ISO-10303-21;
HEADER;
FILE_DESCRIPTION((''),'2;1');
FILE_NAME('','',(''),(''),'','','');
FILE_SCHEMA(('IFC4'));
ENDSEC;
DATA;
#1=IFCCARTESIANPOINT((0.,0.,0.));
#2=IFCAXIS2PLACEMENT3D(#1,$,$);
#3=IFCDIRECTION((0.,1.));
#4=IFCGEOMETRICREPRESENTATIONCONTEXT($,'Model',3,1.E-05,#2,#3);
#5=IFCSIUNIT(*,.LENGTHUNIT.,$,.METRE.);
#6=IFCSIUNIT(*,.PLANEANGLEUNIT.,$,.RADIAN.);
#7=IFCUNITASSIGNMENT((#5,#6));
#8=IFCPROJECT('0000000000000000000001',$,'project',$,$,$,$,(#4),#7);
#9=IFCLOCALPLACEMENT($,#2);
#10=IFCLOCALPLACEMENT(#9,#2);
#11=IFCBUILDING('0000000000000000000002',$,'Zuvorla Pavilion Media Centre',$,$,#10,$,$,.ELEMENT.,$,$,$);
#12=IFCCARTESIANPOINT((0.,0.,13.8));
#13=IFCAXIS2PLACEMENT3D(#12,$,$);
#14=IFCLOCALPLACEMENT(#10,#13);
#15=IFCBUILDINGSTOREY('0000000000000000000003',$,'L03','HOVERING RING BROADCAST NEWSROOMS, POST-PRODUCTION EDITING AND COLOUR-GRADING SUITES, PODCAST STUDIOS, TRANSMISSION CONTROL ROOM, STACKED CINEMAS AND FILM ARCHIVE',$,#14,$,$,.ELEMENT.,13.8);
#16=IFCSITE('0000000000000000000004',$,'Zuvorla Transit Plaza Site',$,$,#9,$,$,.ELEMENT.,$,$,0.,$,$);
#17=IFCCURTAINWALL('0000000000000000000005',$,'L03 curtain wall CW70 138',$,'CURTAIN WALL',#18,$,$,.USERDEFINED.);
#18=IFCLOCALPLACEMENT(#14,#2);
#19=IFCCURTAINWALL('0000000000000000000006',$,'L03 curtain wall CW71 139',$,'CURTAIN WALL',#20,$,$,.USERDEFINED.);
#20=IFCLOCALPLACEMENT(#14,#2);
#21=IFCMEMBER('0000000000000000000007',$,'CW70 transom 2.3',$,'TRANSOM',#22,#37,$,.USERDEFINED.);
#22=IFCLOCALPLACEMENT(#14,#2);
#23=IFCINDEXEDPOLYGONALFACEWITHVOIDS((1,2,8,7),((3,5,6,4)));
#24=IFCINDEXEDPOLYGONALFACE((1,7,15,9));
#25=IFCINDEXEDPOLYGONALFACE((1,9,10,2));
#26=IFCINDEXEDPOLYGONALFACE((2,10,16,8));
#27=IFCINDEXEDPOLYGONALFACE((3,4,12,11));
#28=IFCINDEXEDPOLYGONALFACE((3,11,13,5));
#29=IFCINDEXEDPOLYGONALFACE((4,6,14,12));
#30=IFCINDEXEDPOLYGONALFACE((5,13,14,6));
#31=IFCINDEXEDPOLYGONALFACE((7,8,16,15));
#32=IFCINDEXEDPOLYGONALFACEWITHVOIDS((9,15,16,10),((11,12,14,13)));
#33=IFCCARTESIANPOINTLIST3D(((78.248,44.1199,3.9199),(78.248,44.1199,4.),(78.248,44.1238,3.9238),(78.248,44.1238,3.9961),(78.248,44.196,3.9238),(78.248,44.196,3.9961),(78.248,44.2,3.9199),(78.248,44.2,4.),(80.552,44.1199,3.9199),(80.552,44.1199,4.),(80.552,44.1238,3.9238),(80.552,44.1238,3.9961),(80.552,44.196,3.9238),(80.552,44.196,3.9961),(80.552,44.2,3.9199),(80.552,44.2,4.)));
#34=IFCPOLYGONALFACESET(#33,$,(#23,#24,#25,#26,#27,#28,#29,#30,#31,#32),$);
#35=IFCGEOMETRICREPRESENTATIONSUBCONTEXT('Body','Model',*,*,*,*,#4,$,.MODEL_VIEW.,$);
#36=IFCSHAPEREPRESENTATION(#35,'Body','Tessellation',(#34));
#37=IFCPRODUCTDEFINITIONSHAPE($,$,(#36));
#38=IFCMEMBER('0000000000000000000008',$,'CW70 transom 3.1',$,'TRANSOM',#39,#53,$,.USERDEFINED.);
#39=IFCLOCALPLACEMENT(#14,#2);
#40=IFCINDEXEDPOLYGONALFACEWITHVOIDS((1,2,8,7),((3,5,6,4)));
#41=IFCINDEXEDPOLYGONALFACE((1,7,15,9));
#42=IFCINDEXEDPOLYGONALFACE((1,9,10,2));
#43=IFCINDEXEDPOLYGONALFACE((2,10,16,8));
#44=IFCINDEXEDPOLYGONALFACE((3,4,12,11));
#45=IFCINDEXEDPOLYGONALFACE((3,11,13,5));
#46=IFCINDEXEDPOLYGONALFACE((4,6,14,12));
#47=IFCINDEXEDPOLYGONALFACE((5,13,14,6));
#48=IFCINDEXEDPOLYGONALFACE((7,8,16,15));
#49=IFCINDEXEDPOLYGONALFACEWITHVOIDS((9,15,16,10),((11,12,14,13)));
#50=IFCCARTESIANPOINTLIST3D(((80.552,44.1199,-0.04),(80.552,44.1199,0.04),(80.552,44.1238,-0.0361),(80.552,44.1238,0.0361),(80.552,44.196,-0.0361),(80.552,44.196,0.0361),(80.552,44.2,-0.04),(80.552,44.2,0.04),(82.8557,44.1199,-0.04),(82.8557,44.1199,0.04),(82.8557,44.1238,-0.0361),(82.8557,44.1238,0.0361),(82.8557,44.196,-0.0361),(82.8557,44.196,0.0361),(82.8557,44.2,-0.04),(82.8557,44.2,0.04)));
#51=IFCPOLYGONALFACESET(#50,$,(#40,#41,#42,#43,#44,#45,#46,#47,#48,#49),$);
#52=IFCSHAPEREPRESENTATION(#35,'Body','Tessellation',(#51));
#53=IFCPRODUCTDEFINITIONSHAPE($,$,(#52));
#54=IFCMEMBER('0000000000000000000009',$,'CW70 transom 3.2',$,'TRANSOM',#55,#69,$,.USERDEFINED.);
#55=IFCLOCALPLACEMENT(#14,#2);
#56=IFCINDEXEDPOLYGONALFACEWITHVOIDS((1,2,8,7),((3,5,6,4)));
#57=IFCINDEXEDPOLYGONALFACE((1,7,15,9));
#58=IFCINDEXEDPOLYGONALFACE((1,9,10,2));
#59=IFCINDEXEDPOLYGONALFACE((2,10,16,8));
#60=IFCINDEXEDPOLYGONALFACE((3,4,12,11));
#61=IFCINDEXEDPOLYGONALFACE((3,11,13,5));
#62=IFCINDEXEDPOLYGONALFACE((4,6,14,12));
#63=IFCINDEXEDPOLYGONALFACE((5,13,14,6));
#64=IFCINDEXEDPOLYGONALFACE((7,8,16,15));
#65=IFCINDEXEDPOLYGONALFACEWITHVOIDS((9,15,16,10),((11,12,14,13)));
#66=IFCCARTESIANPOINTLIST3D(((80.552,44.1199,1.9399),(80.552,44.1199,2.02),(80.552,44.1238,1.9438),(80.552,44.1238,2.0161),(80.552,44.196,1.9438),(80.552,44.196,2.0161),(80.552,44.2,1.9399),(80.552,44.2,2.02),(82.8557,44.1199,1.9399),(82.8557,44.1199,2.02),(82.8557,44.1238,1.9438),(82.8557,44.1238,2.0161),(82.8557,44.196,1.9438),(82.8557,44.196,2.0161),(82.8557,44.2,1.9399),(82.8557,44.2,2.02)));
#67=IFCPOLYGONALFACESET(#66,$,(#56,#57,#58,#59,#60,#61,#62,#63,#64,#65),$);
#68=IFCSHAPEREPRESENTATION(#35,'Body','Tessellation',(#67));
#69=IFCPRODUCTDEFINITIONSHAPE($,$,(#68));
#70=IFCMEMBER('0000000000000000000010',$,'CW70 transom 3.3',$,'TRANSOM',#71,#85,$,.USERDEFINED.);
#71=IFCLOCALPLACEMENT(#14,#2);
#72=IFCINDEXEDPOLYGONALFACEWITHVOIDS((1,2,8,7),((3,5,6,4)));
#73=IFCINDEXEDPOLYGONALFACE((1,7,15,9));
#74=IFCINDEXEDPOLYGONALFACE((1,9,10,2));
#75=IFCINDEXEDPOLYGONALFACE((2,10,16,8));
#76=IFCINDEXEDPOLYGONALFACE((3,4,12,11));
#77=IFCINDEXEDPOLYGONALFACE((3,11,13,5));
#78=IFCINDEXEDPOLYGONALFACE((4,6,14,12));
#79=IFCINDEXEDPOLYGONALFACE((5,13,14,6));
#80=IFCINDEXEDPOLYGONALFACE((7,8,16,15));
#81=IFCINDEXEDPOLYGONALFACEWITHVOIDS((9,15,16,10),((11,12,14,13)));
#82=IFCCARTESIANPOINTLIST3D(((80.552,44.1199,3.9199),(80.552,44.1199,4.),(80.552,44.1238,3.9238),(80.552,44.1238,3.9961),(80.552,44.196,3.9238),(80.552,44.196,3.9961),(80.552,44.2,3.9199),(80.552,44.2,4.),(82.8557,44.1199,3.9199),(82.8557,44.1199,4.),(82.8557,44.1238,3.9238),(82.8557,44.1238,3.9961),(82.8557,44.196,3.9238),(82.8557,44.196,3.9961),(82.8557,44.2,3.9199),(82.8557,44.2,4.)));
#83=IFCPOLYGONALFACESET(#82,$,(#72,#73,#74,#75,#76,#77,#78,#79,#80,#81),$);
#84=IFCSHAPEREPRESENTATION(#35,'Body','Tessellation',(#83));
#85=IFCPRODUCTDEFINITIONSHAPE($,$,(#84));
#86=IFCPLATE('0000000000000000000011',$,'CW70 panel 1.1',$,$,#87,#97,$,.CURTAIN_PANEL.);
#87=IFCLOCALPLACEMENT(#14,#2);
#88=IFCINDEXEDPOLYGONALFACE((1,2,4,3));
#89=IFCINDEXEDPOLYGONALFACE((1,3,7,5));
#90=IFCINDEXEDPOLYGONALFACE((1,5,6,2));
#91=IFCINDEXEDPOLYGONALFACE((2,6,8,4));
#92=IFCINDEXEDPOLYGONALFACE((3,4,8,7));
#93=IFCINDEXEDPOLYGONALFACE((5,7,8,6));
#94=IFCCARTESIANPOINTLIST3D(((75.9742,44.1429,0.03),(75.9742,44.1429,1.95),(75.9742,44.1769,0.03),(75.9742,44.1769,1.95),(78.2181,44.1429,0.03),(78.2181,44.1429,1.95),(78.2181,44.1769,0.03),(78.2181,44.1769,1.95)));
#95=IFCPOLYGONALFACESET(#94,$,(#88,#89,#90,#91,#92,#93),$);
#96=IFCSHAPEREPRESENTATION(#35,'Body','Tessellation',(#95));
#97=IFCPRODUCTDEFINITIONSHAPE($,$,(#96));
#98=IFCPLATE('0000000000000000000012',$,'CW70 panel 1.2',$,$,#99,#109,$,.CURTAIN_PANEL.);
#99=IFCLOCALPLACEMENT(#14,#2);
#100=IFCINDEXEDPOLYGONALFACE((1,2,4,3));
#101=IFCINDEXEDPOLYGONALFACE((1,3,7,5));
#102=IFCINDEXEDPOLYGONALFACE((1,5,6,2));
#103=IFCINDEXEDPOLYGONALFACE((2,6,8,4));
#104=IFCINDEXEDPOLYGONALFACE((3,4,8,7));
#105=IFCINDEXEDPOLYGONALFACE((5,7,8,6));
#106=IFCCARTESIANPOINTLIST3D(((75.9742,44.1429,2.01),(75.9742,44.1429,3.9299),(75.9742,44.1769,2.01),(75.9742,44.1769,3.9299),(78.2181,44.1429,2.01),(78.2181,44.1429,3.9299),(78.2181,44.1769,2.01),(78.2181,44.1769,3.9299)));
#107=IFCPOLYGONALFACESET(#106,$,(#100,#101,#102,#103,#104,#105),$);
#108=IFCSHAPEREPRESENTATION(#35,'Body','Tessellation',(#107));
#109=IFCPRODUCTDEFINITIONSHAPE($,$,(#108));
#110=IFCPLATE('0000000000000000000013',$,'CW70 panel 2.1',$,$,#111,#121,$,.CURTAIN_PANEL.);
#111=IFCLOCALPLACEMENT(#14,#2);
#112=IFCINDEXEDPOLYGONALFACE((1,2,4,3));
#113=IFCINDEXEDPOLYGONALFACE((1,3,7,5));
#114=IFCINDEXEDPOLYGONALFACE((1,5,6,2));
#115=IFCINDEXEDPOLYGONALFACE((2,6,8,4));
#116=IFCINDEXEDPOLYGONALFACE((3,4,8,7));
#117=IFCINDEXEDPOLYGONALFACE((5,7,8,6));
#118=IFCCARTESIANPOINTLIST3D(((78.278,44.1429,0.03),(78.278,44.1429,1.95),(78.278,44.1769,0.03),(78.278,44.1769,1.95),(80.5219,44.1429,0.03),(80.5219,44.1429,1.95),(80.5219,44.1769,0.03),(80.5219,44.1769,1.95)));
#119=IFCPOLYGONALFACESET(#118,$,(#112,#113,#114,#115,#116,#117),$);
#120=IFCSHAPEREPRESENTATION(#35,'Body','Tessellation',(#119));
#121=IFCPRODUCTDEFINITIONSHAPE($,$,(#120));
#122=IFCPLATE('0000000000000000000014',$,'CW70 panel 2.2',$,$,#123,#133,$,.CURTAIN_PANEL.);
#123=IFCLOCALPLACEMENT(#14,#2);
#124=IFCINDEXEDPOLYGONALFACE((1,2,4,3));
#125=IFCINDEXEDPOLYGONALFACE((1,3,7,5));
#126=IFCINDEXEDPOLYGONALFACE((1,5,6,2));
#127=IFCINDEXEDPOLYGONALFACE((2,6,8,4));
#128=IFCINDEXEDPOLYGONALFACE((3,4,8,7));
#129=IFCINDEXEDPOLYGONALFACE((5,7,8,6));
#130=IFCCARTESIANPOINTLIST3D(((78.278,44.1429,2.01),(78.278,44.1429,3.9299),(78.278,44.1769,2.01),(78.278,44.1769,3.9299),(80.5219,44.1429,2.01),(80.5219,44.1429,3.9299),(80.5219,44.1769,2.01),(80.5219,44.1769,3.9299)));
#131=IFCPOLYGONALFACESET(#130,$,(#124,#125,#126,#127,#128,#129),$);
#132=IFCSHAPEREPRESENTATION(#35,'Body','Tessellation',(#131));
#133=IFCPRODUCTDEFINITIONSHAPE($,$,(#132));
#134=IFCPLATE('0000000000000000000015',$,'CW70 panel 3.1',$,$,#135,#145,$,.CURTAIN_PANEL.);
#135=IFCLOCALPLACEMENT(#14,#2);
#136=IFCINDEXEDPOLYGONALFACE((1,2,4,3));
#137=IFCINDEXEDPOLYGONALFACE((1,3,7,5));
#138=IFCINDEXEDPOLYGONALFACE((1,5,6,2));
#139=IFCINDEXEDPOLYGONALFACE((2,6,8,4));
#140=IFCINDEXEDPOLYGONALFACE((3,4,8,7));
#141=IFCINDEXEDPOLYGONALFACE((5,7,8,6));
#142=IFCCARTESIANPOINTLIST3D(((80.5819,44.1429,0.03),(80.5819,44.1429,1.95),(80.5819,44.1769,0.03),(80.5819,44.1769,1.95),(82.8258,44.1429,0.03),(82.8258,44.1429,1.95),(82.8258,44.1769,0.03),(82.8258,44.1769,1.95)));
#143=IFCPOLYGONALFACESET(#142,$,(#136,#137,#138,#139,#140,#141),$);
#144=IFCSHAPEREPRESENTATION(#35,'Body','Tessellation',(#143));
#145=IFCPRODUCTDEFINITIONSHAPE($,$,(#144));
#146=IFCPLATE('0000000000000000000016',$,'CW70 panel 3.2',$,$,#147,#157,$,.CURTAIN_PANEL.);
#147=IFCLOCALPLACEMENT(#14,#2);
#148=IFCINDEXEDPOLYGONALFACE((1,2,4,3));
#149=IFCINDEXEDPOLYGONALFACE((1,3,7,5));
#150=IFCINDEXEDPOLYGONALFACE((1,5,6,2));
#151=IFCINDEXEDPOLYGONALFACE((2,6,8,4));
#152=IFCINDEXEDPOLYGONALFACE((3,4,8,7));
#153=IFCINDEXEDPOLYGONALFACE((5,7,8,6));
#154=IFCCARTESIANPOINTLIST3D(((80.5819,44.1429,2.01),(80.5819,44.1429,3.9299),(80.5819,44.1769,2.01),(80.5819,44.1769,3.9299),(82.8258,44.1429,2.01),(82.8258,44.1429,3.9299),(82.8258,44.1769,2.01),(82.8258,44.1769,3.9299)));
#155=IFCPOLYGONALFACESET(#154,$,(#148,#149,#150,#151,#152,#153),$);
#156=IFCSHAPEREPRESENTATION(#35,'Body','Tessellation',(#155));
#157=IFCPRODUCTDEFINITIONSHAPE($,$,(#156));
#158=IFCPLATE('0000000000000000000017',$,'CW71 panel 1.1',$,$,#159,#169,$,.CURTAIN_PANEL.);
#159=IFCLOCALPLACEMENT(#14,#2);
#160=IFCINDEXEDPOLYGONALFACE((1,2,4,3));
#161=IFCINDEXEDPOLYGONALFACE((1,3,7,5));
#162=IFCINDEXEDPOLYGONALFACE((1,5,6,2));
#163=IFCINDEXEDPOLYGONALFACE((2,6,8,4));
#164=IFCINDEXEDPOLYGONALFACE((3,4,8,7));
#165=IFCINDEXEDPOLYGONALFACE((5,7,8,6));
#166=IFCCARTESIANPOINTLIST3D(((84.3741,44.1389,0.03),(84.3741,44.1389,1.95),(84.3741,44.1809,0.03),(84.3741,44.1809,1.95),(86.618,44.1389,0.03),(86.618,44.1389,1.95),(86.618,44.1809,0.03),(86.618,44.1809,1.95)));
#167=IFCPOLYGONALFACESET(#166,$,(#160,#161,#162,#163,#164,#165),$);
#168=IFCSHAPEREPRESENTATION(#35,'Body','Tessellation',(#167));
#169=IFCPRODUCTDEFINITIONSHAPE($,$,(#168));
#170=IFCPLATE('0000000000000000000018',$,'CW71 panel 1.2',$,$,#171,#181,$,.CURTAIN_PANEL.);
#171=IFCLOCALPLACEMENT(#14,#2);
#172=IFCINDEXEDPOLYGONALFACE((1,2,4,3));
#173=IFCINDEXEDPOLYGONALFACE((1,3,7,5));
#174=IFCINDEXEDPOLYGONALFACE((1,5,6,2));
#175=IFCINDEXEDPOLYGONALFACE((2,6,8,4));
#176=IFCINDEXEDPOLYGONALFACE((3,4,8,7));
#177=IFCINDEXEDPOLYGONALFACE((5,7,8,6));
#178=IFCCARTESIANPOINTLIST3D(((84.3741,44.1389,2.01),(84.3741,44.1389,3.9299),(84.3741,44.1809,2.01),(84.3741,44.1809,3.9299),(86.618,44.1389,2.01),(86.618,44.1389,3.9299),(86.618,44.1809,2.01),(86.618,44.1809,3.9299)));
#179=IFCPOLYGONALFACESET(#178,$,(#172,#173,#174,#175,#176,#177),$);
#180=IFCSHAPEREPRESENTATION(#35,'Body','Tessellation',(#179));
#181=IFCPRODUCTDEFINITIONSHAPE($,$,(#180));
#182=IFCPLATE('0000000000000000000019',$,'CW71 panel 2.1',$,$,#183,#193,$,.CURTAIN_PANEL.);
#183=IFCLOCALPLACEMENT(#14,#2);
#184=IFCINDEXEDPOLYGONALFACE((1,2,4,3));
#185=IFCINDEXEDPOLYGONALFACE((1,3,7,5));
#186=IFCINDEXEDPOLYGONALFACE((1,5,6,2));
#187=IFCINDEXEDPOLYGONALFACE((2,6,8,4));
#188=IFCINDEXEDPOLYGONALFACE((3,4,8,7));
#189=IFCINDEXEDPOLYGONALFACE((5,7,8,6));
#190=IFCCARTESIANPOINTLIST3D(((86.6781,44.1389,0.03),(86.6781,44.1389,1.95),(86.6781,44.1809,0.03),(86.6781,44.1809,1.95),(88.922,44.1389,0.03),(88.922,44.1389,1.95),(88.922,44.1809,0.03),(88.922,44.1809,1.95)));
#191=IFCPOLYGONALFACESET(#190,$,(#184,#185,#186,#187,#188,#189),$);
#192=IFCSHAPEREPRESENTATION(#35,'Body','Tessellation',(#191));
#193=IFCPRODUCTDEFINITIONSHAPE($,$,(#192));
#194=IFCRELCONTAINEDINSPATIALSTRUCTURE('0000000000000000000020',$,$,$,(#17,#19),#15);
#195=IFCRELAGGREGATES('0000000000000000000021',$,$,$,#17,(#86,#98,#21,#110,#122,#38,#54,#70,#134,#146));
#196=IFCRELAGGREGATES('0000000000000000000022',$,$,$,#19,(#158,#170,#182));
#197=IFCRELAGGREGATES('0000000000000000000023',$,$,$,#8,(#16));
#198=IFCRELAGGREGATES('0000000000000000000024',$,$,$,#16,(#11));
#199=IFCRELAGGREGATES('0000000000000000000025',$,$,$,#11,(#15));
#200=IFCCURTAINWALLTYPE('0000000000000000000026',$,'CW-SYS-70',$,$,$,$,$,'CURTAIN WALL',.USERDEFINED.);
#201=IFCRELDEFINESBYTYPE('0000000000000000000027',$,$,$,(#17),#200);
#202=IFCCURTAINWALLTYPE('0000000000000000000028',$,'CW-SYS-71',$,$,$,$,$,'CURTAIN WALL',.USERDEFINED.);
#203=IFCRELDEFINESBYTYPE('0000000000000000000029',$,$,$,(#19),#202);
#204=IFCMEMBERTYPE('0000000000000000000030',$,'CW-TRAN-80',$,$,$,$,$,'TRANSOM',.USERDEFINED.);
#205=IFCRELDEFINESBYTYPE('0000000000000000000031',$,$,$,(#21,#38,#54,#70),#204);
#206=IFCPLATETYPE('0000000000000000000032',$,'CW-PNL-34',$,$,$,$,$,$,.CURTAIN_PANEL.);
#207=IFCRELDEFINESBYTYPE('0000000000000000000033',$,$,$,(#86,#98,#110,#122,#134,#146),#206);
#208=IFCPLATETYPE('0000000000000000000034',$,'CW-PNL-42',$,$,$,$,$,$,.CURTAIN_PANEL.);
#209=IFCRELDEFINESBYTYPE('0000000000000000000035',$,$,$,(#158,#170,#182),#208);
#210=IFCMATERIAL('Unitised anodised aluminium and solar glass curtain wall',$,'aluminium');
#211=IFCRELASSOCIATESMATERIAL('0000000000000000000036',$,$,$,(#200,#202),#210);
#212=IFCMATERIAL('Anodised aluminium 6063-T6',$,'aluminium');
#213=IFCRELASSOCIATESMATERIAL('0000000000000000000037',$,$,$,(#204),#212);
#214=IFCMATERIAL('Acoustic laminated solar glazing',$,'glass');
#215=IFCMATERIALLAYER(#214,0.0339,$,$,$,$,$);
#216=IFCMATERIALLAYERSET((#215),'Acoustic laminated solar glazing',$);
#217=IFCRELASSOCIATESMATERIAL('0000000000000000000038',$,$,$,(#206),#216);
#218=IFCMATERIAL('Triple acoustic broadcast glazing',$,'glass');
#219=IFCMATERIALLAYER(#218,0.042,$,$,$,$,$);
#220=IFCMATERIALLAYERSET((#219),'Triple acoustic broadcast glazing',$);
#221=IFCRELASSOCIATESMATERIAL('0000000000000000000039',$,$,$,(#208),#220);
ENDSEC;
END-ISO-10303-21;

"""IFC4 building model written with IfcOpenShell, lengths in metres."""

from ifc_helpers import new_model, si_unit, direction, frame, origin, origin_2d, place, context, subcontext, project, spatial, rectangle, hollow_rectangle, extrude, material, layer, layer_set, material_profile, profile_set, type_object, element, aggregate, save


model = new_model("IFC4")

# Units and contexts
model_context = context("Model", 3, precision=1e-05, world=origin(), true_north=direction((0.0, 1.0)))
body_context = subcontext(model_context, "Body", "Model", "MODEL_VIEW")
ifc_project = project(units=[si_unit("LENGTHUNIT", "METRE"), si_unit("PLANEANGLEUNIT", "RADIAN")], contexts=[model_context])

# Site, building, storey
site_placement = place(None, origin())
site = spatial("IfcSite", under=ifc_project, at=site_placement, Name="Zuvorla Transit Plaza Site", CompositionType="ELEMENT", RefElevation=0.0)
building_placement = place(site_placement, origin())
building = spatial("IfcBuilding", under=site, at=building_placement, Name="Zuvorla Pavilion Media Centre", CompositionType="ELEMENT")
storey_placement = place(building_placement, frame((0.0, 0.0, 13.8)))
storey = spatial("IfcBuildingStorey", under=building, at=storey_placement, Name="L03", Description="HOVERING RING BROADCAST NEWSROOMS, POST-PRODUCTION EDITING AND COLOUR-GRADING SUITES, PODCAST STUDIOS, TRANSMISSION CONTROL ROOM, STACKED CINEMAS AND FILM ARCHIVE", CompositionType="ELEMENT", Elevation=13.8)

# Curtain walls
ifc_material_1 = material(Name="Unitised anodised aluminium and solar glass curtain wall", Category="aluminium")
curtain_wall_type_1 = type_object("IfcCurtainWallType", Name="CW-SYS-70", ElementType="CURTAIN WALL", PredefinedType="USERDEFINED", material=ifc_material_1)
curtain_wall_1_placement = place(storey_placement, origin())
curtain_wall_1 = element("IfcCurtainWall", 1, at=curtain_wall_1_placement, inside=storey, type_object=curtain_wall_type_1, Name="L03 curtain wall CW70 138", ObjectType="CURTAIN WALL", PredefinedType="USERDEFINED")
ifc_material_2 = material(Name="Anodised aluminium 6063-T6", Category="aluminium")
curtain_wall_type_2 = type_object("IfcCurtainWallType", Name="CW-SYS-71", ElementType="CURTAIN WALL", PredefinedType="USERDEFINED", material=ifc_material_1)
curtain_wall_2_placement = place(storey_placement, origin())
curtain_wall_2 = element("IfcCurtainWall", 2, at=curtain_wall_2_placement, inside=storey, type_object=curtain_wall_type_2, Name="L03 curtain wall CW71 139", ObjectType="CURTAIN WALL", PredefinedType="USERDEFINED")

# Members
ifc_material_profile_1 = material_profile(ifc_material_2, hollow_rectangle(XDim=0.0801, YDim=0.0801, WallThickness=0.0039, at=origin_2d()), Name="ALU TRAN 80x80")
ifc_profile_set_1 = profile_set([ifc_material_profile_1], Name="Anodised aluminium 6063-T6")
member_type_1 = type_object("IfcMemberType", Name="CW-TRAN-80", ElementType="TRANSOM", PredefinedType="USERDEFINED", material=ifc_profile_set_1)
member_1_placement = place(storey_placement, frame((78.248, 44.1599, 3.96), z_axis=(1.0, 0.0, 0.0), x_axis=(0.0, 1.0, 0.0)))
member_1 = element("IfcMember", 3, at=member_1_placement, type_object=member_type_1, Name="CW70 transom 2.3", ObjectType="TRANSOM", PredefinedType="USERDEFINED", context=body_context, shape_type="SweptSolid", body=[
    extrude(hollow_rectangle(XDim=0.0801, YDim=0.0801, WallThickness=0.0039, at=origin_2d()), origin(), (0.0, 0.0, 1.0), 2.304),
])
member_2_placement = place(storey_placement, frame((80.552, 44.1599, 0.0), z_axis=(1.0, 0.0, 0.0), x_axis=(0.0, 1.0, 0.0)))
member_2 = element("IfcMember", 4, at=member_2_placement, type_object=member_type_1, Name="CW70 transom 3.1", ObjectType="TRANSOM", PredefinedType="USERDEFINED", context=body_context, shape_type="SweptSolid", body=[
    extrude(hollow_rectangle(XDim=0.0801, YDim=0.0801, WallThickness=0.0039, at=origin_2d()), origin(), (0.0, 0.0, 1.0), 2.3037),
])
member_3_placement = place(storey_placement, frame((80.552, 44.1599, 1.98), z_axis=(1.0, 0.0, 0.0), x_axis=(0.0, 1.0, 0.0)))
member_3 = element("IfcMember", 5, at=member_3_placement, type_object=member_type_1, Name="CW70 transom 3.2", ObjectType="TRANSOM", PredefinedType="USERDEFINED", context=body_context, shape_type="SweptSolid", body=[
    extrude(hollow_rectangle(XDim=0.0801, YDim=0.0801, WallThickness=0.0039, at=origin_2d()), origin(), (0.0, 0.0, 1.0), 2.3037),
])
member_4_placement = place(storey_placement, frame((80.552, 44.1599, 3.96), z_axis=(1.0, 0.0, 0.0), x_axis=(0.0, 1.0, 0.0)))
member_4 = element("IfcMember", 6, at=member_4_placement, type_object=member_type_1, Name="CW70 transom 3.3", ObjectType="TRANSOM", PredefinedType="USERDEFINED", context=body_context, shape_type="SweptSolid", body=[
    extrude(hollow_rectangle(XDim=0.0801, YDim=0.0801, WallThickness=0.0039, at=origin_2d()), origin(), (0.0, 0.0, 1.0), 2.3037),
])

# Plates
ifc_material_3 = material(Name="Acoustic laminated solar glazing", Category="glass")
ifc_layer_1 = layer(ifc_material_3, 0.0339)
ifc_layer_set_1 = layer_set([ifc_layer_1], Name="Acoustic laminated solar glazing")
plate_type_1 = type_object("IfcPlateType", Name="CW-PNL-34", PredefinedType="CURTAIN_PANEL", material=ifc_layer_set_1)
plate_1_placement = place(storey_placement, frame((77.0962, 44.1599, 0.03), z_axis=(0.0, 0.0, 1.0), x_axis=(1.0, 0.0, 0.0)))
plate_1 = element("IfcPlate", 7, at=plate_1_placement, type_object=plate_type_1, Name="CW70 panel 1.1", PredefinedType="CURTAIN_PANEL", context=body_context, shape_type="SweptSolid", body=[
    extrude(rectangle(XDim=2.2439, YDim=0.0339, at=origin_2d()), origin(), (0.0, 0.0, 1.0), 1.9199),
])
plate_2_placement = place(storey_placement, frame((77.0962, 44.1599, 2.01), z_axis=(0.0, 0.0, 1.0), x_axis=(1.0, 0.0, 0.0)))
plate_2 = element("IfcPlate", 8, at=plate_2_placement, type_object=plate_type_1, Name="CW70 panel 1.2", PredefinedType="CURTAIN_PANEL", context=body_context, shape_type="SweptSolid", body=[
    extrude(rectangle(XDim=2.2439, YDim=0.0339, at=origin_2d()), origin(), (0.0, 0.0, 1.0), 1.9199),
])
plate_3_placement = place(storey_placement, frame((79.3999, 44.1599, 0.03), z_axis=(0.0, 0.0, 1.0), x_axis=(1.0, 0.0, 0.0)))
plate_3 = element("IfcPlate", 9, at=plate_3_placement, type_object=plate_type_1, Name="CW70 panel 2.1", PredefinedType="CURTAIN_PANEL", context=body_context, shape_type="SweptSolid", body=[
    extrude(rectangle(XDim=2.2439, YDim=0.0339, at=origin_2d()), origin(), (0.0, 0.0, 1.0), 1.9199),
])
plate_4_placement = place(storey_placement, frame((79.3999, 44.1599, 2.01), z_axis=(0.0, 0.0, 1.0), x_axis=(1.0, 0.0, 0.0)))
plate_4 = element("IfcPlate", 10, at=plate_4_placement, type_object=plate_type_1, Name="CW70 panel 2.2", PredefinedType="CURTAIN_PANEL", context=body_context, shape_type="SweptSolid", body=[
    extrude(rectangle(XDim=2.2439, YDim=0.0339, at=origin_2d()), origin(), (0.0, 0.0, 1.0), 1.9199),
])
plate_5_placement = place(storey_placement, frame((81.7039, 44.1599, 0.03), z_axis=(0.0, 0.0, 1.0), x_axis=(1.0, 0.0, 0.0)))
plate_5 = element("IfcPlate", 11, at=plate_5_placement, type_object=plate_type_1, Name="CW70 panel 3.1", PredefinedType="CURTAIN_PANEL", context=body_context, shape_type="SweptSolid", body=[
    extrude(rectangle(XDim=2.2439, YDim=0.0339, at=origin_2d()), origin(), (0.0, 0.0, 1.0), 1.9199),
])
plate_6_placement = place(storey_placement, frame((81.7039, 44.1599, 2.01), z_axis=(0.0, 0.0, 1.0), x_axis=(1.0, 0.0, 0.0)))
plate_6 = element("IfcPlate", 12, at=plate_6_placement, type_object=plate_type_1, Name="CW70 panel 3.2", PredefinedType="CURTAIN_PANEL", context=body_context, shape_type="SweptSolid", body=[
    extrude(rectangle(XDim=2.2439, YDim=0.0339, at=origin_2d()), origin(), (0.0, 0.0, 1.0), 1.9199),
])
aggregate(curtain_wall_1, [plate_1, plate_2, member_1, plate_3, plate_4, member_2, member_3, member_4, plate_5, plate_6])
ifc_material_4 = material(Name="Triple acoustic broadcast glazing", Category="glass")
ifc_layer_2 = layer(ifc_material_4, 0.042)
ifc_layer_set_2 = layer_set([ifc_layer_2], Name="Triple acoustic broadcast glazing")
plate_type_2 = type_object("IfcPlateType", Name="CW-PNL-42", PredefinedType="CURTAIN_PANEL", material=ifc_layer_set_2)
plate_7_placement = place(storey_placement, frame((85.4961, 44.1599, 0.03), z_axis=(0.0, 0.0, 1.0), x_axis=(1.0, 0.0, 0.0)))
plate_7 = element("IfcPlate", 13, at=plate_7_placement, type_object=plate_type_2, Name="CW71 panel 1.1", PredefinedType="CURTAIN_PANEL", context=body_context, shape_type="SweptSolid", body=[
    extrude(rectangle(XDim=2.2439, YDim=0.042, at=origin_2d()), origin(), (0.0, 0.0, 1.0), 1.9199),
])
plate_8_placement = place(storey_placement, frame((85.4961, 44.1599, 2.01), z_axis=(0.0, 0.0, 1.0), x_axis=(1.0, 0.0, 0.0)))
plate_8 = element("IfcPlate", 14, at=plate_8_placement, type_object=plate_type_2, Name="CW71 panel 1.2", PredefinedType="CURTAIN_PANEL", context=body_context, shape_type="SweptSolid", body=[
    extrude(rectangle(XDim=2.2439, YDim=0.042, at=origin_2d()), origin(), (0.0, 0.0, 1.0), 1.9199),
])
plate_9_placement = place(storey_placement, frame((87.8, 44.1599, 0.03), z_axis=(0.0, 0.0, 1.0), x_axis=(1.0, 0.0, 0.0)))
plate_9 = element("IfcPlate", 15, at=plate_9_placement, type_object=plate_type_2, Name="CW71 panel 2.1", PredefinedType="CURTAIN_PANEL", context=body_context, shape_type="SweptSolid", body=[
    extrude(rectangle(XDim=2.2439, YDim=0.042, at=origin_2d()), origin(), (0.0, 0.0, 1.0), 1.9199),
])
aggregate(curtain_wall_2, [plate_7, plate_8, plate_9])

save(model, "model.ifc")
